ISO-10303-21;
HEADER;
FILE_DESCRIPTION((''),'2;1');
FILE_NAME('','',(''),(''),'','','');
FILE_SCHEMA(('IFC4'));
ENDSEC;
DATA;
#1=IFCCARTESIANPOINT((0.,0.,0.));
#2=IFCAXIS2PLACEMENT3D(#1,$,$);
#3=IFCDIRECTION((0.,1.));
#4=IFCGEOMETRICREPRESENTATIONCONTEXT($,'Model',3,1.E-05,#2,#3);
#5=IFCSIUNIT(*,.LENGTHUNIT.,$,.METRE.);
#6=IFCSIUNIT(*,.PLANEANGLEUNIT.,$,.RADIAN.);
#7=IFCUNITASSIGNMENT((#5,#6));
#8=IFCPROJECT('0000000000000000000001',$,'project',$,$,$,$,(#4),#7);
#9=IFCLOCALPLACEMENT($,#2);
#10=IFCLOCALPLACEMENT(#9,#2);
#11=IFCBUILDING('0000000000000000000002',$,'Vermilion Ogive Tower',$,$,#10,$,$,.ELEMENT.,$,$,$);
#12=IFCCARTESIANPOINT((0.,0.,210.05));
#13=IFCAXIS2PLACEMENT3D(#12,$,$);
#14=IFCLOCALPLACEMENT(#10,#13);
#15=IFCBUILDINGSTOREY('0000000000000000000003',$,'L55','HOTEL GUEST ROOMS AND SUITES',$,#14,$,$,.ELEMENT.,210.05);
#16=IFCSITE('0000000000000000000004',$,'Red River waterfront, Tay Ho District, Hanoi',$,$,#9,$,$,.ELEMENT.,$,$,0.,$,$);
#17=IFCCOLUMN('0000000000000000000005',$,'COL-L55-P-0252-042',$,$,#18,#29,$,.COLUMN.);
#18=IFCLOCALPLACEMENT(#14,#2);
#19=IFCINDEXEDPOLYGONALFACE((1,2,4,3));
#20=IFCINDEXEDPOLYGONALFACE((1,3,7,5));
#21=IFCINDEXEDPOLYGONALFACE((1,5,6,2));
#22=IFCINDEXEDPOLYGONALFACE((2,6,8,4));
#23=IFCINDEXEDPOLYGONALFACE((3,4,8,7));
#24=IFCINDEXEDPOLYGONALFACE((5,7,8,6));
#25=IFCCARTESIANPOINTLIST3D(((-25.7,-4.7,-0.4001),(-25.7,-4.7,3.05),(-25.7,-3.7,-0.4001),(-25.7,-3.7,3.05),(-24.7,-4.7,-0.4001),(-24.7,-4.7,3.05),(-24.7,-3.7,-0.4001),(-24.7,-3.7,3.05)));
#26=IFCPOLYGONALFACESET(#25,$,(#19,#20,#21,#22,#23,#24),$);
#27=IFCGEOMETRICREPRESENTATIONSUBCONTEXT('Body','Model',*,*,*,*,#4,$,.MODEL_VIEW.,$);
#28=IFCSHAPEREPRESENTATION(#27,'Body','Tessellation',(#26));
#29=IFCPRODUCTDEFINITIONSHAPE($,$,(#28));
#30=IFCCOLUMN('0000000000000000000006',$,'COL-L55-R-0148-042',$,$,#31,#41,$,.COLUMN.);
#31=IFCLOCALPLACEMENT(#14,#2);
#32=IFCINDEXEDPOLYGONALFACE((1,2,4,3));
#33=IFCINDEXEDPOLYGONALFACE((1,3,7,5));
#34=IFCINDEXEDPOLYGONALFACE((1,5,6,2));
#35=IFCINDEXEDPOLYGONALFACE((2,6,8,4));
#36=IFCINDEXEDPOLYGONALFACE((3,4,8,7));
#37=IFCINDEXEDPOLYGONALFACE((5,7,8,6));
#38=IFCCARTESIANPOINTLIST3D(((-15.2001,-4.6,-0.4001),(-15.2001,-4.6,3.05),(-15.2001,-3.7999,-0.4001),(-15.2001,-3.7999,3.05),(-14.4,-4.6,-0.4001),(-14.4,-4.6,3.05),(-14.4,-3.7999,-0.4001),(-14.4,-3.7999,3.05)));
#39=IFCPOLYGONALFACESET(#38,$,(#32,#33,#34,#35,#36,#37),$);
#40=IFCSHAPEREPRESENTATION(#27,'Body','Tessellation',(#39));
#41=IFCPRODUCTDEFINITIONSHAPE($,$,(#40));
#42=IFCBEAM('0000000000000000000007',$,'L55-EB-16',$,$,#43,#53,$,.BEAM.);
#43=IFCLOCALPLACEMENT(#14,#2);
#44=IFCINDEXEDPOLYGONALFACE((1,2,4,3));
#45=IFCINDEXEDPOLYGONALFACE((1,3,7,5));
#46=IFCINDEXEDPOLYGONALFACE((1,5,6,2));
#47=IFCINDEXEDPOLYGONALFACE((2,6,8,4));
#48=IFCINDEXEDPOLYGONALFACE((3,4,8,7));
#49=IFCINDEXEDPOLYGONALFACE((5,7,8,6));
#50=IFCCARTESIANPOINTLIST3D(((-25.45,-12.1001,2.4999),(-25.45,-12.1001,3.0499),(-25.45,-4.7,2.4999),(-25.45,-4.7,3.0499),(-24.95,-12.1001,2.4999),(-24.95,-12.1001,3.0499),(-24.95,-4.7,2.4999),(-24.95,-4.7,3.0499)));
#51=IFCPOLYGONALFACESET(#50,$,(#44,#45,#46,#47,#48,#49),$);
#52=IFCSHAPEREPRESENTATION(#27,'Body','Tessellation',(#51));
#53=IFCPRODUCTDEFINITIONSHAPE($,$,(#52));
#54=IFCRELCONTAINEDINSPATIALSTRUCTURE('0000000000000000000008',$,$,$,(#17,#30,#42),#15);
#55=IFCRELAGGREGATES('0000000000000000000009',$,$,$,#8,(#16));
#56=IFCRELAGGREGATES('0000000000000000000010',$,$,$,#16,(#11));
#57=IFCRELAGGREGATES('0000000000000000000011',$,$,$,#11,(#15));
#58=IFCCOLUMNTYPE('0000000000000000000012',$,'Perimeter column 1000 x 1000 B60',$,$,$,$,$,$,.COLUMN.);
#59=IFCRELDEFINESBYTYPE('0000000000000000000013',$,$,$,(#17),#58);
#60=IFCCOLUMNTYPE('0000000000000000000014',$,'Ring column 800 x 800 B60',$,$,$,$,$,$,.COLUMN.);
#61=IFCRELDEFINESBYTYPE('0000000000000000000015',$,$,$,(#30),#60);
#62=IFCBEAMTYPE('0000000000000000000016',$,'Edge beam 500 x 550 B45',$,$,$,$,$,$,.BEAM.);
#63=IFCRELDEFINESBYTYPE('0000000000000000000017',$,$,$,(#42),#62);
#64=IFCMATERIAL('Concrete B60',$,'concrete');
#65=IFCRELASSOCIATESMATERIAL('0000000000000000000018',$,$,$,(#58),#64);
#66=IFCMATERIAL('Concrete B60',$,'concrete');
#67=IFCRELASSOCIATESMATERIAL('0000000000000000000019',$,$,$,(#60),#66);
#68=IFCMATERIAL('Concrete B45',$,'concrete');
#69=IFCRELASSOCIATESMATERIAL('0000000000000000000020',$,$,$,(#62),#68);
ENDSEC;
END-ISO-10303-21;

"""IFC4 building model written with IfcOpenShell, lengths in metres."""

from ifc_helpers import new_model, si_unit, direction, frame, origin, origin_2d, place, context, subcontext, project, spatial, rectangle, extrude, material, material_profile, profile_set, type_object, element, save


model = new_model("IFC4")

# Units and contexts
model_context = context("Model", 3, precision=1e-05, world=origin(), true_north=direction((0.0, 1.0)))
body_context = subcontext(model_context, "Body", "Model", "MODEL_VIEW")
ifc_project = project(units=[si_unit("LENGTHUNIT", "METRE"), si_unit("PLANEANGLEUNIT", "RADIAN")], contexts=[model_context])

# Site, building, storey
site_placement = place(None, origin())
site = spatial("IfcSite", under=ifc_project, at=site_placement, Name="Red River waterfront, Tay Ho District, Hanoi", CompositionType="ELEMENT", RefElevation=0.0)
building_placement = place(site_placement, origin())
building = spatial("IfcBuilding", under=site, at=building_placement, Name="Vermilion Ogive Tower", CompositionType="ELEMENT")
storey_placement = place(building_placement, frame((0.0, 0.0, 210.05)))
storey = spatial("IfcBuildingStorey", under=building, at=storey_placement, Name="L55", Description="HOTEL GUEST ROOMS AND SUITES", CompositionType="ELEMENT", Elevation=210.05)

# Columns
ifc_material_1 = material(Name="Concrete B60", Category="concrete")
ifc_material_profile_1 = material_profile(ifc_material_1, rectangle(XDim=1.0, YDim=1.0, at=origin_2d()), Name="1000 x 1000")
ifc_profile_set_1 = profile_set([ifc_material_profile_1], Name="Concrete B60")
column_type_1 = type_object("IfcColumnType", Name="Perimeter column 1000 x 1000 B60", PredefinedType="COLUMN", material=ifc_profile_set_1)
column_1_placement = place(storey_placement, frame((-25.2, -4.2, -0.4001), z_axis=(0.0, 0.0, 1.0), x_axis=(1.0, 0.0, 0.0)))
element("IfcColumn", 1, at=column_1_placement, inside=storey, type_object=column_type_1, Name="COL-L55-P-0252-042", PredefinedType="COLUMN", context=body_context, shape_type="SweptSolid", body=[
    extrude(rectangle(XDim=1.0, YDim=1.0, at=origin_2d()), origin(), (0.0, 0.0, 1.0), 3.4502),
])
ifc_material_2 = material(Name="Concrete B60", Category="concrete")
ifc_material_profile_2 = material_profile(ifc_material_2, rectangle(XDim=0.8, YDim=0.8, at=origin_2d()), Name="800 x 800")
ifc_profile_set_2 = profile_set([ifc_material_profile_2], Name="Concrete B60")
column_type_2 = type_object("IfcColumnType", Name="Ring column 800 x 800 B60", PredefinedType="COLUMN", material=ifc_profile_set_2)
column_2_placement = place(storey_placement, frame((-14.8, -4.2, -0.4001), z_axis=(0.0, 0.0, 1.0), x_axis=(1.0, 0.0, 0.0)))
element("IfcColumn", 2, at=column_2_placement, inside=storey, type_object=column_type_2, Name="COL-L55-R-0148-042", PredefinedType="COLUMN", context=body_context, shape_type="SweptSolid", body=[
    extrude(rectangle(XDim=0.8, YDim=0.8, at=origin_2d()), origin(), (0.0, 0.0, 1.0), 3.4502),
])

# Beam
ifc_material_3 = material(Name="Concrete B45", Category="concrete")
ifc_material_profile_3 = material_profile(ifc_material_3, rectangle(XDim=0.5, YDim=0.55, at=origin_2d()), Name="500 x 550")
ifc_profile_set_3 = profile_set([ifc_material_profile_3], Name="Concrete B45")
beam_type = type_object("IfcBeamType", Name="Edge beam 500 x 550 B45", PredefinedType="BEAM", material=ifc_profile_set_3)
beam_placement = place(storey_placement, frame((-25.2, -4.7, 2.7749), z_axis=(0.0, -1.0, 0.0), x_axis=(1.0, 0.0, 0.0)))
element("IfcBeam", 3, at=beam_placement, inside=storey, type_object=beam_type, Name="L55-EB-16", PredefinedType="BEAM", context=body_context, shape_type="SweptSolid", body=[
    extrude(rectangle(XDim=0.5, YDim=0.55, at=origin_2d()), origin(), (0.0, 0.0, 1.0), 7.4001),
])

save(model, "model.ifc")
